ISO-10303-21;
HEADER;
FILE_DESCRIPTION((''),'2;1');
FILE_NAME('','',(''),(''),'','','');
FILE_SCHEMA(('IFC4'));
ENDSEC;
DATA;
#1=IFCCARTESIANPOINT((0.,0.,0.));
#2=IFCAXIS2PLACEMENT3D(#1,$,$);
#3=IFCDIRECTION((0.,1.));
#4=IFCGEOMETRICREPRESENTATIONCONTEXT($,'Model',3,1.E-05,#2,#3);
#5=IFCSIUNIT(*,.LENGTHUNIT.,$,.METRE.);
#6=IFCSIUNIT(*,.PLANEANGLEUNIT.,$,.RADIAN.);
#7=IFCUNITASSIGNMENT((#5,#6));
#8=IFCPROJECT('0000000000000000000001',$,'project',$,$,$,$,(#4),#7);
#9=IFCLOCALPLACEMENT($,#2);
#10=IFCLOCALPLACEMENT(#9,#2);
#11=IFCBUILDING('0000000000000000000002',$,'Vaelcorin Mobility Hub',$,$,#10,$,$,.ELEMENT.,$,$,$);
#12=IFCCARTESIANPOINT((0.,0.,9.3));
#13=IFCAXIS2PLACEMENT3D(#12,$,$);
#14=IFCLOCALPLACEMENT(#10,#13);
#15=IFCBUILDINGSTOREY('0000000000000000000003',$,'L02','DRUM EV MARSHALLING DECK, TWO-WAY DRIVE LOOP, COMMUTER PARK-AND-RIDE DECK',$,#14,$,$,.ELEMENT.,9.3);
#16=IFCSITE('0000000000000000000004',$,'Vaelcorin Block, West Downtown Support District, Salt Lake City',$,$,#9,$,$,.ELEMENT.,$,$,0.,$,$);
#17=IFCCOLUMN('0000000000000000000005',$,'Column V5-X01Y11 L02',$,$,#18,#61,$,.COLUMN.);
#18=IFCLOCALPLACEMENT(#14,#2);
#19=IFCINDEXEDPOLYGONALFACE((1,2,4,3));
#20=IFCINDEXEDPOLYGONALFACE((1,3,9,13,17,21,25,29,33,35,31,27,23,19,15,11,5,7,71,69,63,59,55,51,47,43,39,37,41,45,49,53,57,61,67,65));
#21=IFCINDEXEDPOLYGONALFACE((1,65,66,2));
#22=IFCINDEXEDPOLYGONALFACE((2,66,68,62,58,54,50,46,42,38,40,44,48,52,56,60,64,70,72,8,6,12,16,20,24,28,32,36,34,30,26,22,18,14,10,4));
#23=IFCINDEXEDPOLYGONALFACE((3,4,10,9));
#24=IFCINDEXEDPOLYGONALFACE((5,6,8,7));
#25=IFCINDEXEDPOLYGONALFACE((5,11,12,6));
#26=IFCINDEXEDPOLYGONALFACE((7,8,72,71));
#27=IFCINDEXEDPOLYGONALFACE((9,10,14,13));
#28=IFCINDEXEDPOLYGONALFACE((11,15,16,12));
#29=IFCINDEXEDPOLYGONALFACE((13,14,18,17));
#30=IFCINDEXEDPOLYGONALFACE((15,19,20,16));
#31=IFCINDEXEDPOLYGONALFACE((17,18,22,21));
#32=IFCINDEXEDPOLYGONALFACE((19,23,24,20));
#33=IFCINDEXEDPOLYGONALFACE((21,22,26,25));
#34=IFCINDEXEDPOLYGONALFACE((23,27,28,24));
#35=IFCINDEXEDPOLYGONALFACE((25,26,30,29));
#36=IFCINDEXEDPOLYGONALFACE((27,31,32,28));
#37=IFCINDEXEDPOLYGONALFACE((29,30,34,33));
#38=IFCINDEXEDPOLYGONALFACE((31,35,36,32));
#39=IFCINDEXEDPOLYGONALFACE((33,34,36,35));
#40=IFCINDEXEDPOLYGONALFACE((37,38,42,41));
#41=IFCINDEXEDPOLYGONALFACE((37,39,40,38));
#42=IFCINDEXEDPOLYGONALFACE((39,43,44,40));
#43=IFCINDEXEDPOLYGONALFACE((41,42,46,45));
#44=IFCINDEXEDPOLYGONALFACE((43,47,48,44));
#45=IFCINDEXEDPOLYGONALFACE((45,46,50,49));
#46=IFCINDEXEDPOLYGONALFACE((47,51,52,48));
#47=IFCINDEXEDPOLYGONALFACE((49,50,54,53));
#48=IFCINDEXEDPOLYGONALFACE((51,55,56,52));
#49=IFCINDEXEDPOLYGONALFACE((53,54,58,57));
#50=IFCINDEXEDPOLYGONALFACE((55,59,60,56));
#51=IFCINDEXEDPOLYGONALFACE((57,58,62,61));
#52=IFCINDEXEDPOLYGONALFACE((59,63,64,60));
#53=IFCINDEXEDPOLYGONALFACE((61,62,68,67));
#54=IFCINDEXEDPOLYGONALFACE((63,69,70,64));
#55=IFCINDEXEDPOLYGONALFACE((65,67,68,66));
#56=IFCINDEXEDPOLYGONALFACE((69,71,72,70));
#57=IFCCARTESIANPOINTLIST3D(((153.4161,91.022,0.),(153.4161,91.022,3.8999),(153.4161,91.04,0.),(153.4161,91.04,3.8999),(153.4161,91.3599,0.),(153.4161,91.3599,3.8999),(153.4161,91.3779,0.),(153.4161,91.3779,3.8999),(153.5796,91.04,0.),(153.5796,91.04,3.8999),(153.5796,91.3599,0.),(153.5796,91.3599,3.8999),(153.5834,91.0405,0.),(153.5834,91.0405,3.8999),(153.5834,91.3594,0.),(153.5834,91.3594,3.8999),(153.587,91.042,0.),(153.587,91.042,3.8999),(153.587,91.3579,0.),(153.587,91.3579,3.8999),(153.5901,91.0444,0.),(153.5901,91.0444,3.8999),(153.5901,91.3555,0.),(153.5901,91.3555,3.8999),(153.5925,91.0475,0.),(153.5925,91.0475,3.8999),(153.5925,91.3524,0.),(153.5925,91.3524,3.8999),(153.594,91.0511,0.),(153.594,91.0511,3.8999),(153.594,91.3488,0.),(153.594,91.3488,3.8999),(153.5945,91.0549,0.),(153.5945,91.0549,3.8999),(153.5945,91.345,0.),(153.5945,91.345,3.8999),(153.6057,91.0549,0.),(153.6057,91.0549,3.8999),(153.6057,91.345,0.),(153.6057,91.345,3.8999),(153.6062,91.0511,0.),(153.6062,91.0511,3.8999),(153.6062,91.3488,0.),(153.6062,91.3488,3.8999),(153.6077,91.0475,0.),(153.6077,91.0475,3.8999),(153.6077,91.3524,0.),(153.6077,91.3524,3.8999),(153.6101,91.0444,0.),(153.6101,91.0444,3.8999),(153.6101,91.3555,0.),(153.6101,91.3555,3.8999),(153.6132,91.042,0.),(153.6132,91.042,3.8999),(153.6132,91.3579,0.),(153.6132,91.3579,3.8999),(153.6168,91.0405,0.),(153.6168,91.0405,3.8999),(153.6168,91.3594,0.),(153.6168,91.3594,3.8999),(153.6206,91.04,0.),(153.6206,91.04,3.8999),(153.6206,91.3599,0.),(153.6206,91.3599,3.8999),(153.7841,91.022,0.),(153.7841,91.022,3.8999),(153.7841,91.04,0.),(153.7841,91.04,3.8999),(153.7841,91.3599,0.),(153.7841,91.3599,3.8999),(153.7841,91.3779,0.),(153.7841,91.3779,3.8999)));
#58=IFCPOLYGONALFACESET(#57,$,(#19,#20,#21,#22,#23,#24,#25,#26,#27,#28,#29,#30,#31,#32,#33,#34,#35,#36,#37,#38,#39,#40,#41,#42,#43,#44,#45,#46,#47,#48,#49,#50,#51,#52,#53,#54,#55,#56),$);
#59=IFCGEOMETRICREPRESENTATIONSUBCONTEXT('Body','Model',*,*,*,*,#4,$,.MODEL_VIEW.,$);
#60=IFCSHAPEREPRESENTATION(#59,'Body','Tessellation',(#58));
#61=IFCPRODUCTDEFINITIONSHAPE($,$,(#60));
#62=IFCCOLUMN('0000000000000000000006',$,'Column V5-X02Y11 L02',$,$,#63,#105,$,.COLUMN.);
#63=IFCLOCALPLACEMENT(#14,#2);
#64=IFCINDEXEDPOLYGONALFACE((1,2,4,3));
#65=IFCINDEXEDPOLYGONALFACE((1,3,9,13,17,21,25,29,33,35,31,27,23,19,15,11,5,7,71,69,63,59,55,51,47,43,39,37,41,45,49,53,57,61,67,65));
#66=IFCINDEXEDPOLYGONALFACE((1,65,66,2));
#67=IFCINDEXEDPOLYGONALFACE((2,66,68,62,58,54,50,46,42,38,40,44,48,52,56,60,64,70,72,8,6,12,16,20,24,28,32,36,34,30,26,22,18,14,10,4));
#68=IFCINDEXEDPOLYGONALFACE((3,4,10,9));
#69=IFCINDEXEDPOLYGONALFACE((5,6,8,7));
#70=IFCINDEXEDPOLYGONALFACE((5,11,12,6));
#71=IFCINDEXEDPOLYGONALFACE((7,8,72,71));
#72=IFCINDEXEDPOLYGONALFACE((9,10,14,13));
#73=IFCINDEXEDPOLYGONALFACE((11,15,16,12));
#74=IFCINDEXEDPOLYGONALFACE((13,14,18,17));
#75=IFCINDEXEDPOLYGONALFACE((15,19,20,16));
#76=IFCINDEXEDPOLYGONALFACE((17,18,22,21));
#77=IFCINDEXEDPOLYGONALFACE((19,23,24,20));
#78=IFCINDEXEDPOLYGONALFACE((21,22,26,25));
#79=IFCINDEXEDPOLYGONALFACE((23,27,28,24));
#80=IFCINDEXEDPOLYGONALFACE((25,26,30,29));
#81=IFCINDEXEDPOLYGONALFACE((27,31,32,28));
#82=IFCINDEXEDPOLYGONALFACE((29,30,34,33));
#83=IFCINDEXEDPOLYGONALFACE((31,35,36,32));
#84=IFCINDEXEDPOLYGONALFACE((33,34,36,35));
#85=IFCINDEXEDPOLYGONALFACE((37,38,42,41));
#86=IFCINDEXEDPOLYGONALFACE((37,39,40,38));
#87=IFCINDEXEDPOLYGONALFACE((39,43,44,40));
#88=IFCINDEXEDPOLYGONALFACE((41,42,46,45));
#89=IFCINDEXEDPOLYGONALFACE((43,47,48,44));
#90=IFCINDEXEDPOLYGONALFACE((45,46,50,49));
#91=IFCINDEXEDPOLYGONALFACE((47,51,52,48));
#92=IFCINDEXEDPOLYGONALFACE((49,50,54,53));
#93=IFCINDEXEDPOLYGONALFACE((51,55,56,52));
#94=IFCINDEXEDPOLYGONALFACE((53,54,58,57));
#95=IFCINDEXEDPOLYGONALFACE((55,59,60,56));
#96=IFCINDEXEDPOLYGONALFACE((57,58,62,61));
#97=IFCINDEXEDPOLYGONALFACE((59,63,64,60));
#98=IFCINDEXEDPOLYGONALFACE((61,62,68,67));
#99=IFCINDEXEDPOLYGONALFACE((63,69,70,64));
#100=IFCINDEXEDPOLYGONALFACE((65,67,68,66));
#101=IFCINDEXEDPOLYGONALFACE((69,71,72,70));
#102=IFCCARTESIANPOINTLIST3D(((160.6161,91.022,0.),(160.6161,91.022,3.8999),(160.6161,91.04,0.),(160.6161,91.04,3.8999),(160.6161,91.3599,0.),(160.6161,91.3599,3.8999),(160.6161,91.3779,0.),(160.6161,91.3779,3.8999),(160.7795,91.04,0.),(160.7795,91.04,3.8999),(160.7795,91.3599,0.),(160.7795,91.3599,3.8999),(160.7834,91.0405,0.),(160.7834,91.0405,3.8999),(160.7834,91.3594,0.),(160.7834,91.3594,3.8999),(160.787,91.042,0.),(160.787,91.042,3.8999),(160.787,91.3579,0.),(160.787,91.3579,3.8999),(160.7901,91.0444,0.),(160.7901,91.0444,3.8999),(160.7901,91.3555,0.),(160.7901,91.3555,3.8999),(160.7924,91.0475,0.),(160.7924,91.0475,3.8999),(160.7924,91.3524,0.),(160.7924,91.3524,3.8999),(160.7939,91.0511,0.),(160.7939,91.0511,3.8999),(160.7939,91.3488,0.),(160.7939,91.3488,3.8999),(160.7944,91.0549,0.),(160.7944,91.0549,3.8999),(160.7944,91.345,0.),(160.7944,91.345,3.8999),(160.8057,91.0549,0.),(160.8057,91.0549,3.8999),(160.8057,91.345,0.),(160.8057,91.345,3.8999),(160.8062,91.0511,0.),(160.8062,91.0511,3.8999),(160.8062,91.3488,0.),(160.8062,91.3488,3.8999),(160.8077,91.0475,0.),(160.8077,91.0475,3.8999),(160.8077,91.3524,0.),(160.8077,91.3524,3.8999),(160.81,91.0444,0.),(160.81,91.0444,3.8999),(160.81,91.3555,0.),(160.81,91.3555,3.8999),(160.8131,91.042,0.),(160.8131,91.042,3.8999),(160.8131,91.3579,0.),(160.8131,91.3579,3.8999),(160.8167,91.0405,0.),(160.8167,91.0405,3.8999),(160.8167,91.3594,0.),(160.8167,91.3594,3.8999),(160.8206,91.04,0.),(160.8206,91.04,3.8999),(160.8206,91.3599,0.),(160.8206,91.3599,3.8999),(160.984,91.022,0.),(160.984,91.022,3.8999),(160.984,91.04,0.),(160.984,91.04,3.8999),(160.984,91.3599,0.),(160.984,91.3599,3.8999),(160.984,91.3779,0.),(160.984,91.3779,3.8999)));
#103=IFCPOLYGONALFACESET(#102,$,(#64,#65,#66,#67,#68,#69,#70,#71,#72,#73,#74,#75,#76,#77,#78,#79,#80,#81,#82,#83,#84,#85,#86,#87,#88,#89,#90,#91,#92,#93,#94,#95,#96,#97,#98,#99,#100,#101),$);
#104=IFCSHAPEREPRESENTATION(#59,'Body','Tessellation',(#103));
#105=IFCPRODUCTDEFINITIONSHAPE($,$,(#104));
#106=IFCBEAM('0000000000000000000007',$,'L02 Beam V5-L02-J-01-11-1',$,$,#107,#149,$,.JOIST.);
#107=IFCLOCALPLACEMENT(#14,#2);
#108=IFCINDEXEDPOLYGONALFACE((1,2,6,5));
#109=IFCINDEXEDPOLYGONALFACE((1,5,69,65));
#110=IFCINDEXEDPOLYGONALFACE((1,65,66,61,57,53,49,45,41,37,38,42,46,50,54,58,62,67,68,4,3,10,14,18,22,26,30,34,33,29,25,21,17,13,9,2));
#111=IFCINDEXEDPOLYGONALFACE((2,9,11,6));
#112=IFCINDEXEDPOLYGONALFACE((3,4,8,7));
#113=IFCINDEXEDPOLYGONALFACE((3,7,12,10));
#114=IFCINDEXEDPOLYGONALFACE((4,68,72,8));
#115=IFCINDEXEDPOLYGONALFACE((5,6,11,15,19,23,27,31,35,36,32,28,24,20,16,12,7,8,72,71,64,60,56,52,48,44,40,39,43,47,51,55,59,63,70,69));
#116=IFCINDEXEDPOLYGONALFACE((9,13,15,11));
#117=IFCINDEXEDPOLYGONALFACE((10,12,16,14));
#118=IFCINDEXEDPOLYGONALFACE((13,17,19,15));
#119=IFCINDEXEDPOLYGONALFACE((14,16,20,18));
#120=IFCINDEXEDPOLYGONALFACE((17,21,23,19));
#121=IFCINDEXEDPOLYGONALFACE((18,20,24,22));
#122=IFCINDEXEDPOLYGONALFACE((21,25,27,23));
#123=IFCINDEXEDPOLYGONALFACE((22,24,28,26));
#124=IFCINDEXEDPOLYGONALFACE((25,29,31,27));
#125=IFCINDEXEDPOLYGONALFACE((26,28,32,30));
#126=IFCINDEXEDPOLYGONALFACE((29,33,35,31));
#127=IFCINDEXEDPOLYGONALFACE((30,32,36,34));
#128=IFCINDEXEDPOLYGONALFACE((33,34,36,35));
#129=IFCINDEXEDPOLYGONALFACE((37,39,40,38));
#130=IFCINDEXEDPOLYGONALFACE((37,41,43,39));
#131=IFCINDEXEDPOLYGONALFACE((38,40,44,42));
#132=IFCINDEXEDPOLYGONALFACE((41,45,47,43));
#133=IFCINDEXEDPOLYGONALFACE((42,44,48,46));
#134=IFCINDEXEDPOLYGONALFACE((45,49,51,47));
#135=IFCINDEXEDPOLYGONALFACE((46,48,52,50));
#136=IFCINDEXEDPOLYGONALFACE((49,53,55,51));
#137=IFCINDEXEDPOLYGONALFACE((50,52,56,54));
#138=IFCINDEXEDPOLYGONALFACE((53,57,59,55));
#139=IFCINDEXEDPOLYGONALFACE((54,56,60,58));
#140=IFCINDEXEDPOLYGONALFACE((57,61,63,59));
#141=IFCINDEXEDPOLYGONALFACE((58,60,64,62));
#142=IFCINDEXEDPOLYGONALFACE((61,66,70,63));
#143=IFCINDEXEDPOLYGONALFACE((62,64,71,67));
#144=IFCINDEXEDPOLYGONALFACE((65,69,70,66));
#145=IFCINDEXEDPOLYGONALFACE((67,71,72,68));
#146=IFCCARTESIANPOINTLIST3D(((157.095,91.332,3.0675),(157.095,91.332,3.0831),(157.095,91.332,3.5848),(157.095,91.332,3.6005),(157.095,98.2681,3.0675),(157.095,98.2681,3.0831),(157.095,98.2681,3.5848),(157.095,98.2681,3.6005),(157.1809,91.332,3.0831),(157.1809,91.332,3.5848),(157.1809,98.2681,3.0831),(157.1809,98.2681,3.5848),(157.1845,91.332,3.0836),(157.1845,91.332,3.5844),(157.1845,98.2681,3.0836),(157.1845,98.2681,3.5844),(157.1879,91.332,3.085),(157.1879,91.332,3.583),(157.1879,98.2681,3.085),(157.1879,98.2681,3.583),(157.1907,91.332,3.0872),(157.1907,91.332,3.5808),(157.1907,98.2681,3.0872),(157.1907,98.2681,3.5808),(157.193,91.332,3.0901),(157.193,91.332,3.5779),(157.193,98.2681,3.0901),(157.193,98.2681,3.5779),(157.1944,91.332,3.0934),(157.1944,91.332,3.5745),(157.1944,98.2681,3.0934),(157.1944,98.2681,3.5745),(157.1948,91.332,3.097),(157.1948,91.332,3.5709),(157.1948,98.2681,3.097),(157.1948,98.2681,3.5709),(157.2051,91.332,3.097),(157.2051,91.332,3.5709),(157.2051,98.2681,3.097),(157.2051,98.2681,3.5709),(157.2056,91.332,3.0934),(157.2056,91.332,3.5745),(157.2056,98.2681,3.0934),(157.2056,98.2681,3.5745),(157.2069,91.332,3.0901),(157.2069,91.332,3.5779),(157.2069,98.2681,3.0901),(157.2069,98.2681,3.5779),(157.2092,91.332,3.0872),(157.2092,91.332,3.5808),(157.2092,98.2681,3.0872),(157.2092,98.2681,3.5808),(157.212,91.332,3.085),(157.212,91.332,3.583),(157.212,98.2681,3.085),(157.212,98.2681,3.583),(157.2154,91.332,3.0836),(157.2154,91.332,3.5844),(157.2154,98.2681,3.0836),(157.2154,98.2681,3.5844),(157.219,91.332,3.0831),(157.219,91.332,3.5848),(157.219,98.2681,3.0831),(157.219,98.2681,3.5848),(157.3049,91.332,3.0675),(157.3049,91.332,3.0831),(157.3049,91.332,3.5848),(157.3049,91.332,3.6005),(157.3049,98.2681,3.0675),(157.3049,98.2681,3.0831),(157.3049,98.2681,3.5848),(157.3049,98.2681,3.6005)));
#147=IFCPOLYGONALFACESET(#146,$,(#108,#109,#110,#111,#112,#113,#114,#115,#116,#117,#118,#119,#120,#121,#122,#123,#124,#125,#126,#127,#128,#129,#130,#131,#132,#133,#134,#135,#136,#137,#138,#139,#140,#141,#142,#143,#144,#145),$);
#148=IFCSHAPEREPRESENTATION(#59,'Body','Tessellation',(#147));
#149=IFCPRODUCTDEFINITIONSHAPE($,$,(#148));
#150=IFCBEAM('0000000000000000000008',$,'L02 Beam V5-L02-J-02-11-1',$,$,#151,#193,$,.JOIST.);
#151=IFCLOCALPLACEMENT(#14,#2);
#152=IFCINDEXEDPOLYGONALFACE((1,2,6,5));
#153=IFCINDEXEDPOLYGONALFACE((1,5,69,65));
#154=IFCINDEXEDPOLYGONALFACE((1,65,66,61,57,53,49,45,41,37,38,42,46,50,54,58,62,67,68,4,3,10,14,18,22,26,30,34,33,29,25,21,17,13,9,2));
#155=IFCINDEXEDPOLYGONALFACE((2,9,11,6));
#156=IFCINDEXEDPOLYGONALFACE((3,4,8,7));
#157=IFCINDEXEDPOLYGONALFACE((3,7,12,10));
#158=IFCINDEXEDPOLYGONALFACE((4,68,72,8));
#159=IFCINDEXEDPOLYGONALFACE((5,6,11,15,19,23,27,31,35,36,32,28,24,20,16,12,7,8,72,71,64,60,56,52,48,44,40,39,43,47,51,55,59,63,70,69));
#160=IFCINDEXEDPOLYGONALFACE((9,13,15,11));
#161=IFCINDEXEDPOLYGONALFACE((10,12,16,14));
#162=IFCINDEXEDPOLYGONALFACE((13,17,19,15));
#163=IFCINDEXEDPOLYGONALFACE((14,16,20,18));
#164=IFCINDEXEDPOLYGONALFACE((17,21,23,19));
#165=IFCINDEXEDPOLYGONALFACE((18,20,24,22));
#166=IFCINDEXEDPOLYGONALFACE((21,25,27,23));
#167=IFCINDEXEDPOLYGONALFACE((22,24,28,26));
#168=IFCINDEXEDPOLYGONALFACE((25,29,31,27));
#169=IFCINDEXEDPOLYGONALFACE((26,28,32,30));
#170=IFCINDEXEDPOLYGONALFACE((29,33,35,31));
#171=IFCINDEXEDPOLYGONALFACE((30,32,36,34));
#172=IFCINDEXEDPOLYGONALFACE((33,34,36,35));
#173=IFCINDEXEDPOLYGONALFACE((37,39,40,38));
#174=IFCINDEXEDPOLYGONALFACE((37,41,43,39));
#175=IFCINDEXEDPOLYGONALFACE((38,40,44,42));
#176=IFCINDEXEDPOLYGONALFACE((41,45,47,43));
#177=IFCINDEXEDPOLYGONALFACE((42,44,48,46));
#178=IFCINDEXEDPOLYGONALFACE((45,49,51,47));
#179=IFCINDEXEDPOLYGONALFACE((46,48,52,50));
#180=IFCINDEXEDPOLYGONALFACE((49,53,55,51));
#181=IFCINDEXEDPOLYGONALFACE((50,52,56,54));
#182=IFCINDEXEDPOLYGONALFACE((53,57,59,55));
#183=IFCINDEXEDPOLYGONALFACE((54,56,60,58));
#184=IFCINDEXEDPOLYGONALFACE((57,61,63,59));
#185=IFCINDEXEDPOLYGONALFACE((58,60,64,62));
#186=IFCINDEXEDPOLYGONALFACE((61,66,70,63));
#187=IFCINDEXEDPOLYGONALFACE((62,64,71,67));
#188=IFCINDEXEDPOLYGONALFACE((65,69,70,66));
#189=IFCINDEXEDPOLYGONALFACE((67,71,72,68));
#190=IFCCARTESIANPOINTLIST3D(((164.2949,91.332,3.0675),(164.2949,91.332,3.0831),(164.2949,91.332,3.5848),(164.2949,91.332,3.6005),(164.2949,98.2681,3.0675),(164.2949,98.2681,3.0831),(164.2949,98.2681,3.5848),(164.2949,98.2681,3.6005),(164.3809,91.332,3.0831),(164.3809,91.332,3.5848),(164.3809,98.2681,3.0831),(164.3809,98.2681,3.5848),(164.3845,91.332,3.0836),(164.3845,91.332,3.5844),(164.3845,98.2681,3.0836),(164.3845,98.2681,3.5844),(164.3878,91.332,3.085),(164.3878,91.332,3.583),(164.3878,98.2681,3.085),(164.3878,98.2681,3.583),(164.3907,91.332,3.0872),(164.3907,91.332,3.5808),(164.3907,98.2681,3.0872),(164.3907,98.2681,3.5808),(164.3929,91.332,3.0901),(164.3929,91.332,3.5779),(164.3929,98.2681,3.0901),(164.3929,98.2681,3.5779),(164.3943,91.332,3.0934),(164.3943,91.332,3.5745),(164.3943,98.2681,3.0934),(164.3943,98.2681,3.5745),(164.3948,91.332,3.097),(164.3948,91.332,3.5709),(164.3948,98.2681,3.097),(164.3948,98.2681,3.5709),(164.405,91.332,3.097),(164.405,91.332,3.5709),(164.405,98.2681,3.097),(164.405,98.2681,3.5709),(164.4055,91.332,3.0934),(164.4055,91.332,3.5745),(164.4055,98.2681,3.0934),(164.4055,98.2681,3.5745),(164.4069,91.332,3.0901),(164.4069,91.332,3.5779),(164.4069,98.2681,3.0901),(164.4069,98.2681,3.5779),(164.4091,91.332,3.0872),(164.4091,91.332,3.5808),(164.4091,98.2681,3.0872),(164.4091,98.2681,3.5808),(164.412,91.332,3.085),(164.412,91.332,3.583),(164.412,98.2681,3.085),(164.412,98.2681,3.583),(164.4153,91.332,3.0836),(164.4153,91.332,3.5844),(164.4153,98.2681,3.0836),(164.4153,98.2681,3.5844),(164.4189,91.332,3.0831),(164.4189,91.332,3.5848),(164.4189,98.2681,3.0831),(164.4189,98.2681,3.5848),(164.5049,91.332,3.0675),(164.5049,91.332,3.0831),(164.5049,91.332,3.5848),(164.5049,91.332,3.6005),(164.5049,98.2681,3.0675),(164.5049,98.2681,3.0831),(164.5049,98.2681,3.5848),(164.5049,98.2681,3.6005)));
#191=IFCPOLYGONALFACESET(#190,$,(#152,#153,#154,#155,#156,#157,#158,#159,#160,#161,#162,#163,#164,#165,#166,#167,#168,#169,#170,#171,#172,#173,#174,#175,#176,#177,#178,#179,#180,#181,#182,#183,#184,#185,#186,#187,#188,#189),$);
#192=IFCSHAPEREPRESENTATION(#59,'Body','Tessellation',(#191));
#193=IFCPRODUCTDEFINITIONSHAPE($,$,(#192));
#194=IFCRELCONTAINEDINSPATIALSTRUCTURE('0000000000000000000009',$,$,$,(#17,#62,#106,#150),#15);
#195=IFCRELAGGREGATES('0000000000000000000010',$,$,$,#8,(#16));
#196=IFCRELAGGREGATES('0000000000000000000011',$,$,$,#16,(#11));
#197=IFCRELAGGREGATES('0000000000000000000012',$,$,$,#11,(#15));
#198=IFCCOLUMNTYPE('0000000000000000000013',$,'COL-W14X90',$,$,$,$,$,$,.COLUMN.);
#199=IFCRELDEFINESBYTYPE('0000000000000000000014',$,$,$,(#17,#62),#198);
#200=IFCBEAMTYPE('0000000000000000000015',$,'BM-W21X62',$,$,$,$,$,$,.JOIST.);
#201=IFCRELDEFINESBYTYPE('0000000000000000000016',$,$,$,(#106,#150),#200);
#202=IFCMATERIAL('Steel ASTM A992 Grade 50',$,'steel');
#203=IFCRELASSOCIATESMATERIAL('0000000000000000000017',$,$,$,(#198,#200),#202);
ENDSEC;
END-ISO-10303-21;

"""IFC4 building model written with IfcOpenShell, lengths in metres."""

from ifc_helpers import new_model, si_unit, direction, frame, origin, origin_2d, place, context, subcontext, project, spatial, i_section, extrude, material, material_profile, profile_set, type_object, element, save


model = new_model("IFC4")

# Units and contexts
model_context = context("Model", 3, precision=1e-05, world=origin(), true_north=direction((0.0, 1.0)))
body_context = subcontext(model_context, "Body", "Model", "MODEL_VIEW")
ifc_project = project(units=[si_unit("LENGTHUNIT", "METRE"), si_unit("PLANEANGLEUNIT", "RADIAN")], contexts=[model_context])

# Site, building, storey
site_placement = place(None, origin())
site = spatial("IfcSite", under=ifc_project, at=site_placement, Name="Vaelcorin Block, West Downtown Support District, Salt Lake City", CompositionType="ELEMENT", RefElevation=0.0)
building_placement = place(site_placement, origin())
building = spatial("IfcBuilding", under=site, at=building_placement, Name="Vaelcorin Mobility Hub", CompositionType="ELEMENT")
storey_placement = place(building_placement, frame((0.0, 0.0, 9.3)))
storey = spatial("IfcBuildingStorey", under=building, at=storey_placement, Name="L02", Description="DRUM EV MARSHALLING DECK, TWO-WAY DRIVE LOOP, COMMUTER PARK-AND-RIDE DECK", CompositionType="ELEMENT", Elevation=9.3)

# Columns
ifc_material_1 = material(Name="Steel ASTM A992 Grade 50", Category="steel")
ifc_material_profile_1 = material_profile(ifc_material_1, i_section(OverallWidth=0.3679, OverallDepth=0.356, WebThickness=0.0112, FlangeThickness=0.0181, FilletRadius=0.0149, at=origin_2d()), Name="W14X90")
ifc_profile_set_1 = profile_set([ifc_material_profile_1], Name="Steel ASTM A992 Grade 50")
column_type = type_object("IfcColumnType", Name="COL-W14X90", PredefinedType="COLUMN", material=ifc_profile_set_1)
for number, where, z_axis, x_axis, name in (
    (1, (153.6001, 91.2, 0.0), (0.0, 0.0, 1.0), (1.0, 0.0, 0.0), "Column V5-X01Y11 L02"),
    (2, (160.8, 91.2, 0.0), (0.0, 0.0, 1.0), (1.0, 0.0, 0.0), "Column V5-X02Y11 L02"),
):
    element("IfcColumn", number, at=place(storey_placement, frame(where, z_axis=z_axis, x_axis=x_axis)), inside=storey, type_object=column_type, Name=name, PredefinedType="COLUMN", context=body_context, shape_type="SweptSolid", body=[
        extrude(i_section(OverallWidth=0.3679, OverallDepth=0.356, WebThickness=0.0112, FlangeThickness=0.0181, FilletRadius=0.0149, at=origin_2d()), origin(), (0.0, 0.0, 1.0), 3.8999),
    ])

# Beams
ifc_material_profile_2 = material_profile(ifc_material_1, i_section(OverallWidth=0.21, OverallDepth=0.533, WebThickness=0.0103, FlangeThickness=0.0156, FilletRadius=0.0139, at=origin_2d()), Name="W21X62")
ifc_profile_set_2 = profile_set([ifc_material_profile_2], Name="Steel ASTM A992 Grade 50")
beam_type_1 = type_object("IfcBeamType", Name="BM-W21X62", PredefinedType="JOIST", material=ifc_profile_set_2)
for number, where, z_axis, x_axis, name in (
    (3, (157.2, 91.332, 3.334), (0.0, 1.0, 0.0), (-1.0, 0.0, 0.0), "L02 Beam V5-L02-J-01-11-1"),
    (4, (164.3999, 91.332, 3.334), (0.0, 1.0, 0.0), (-1.0, 0.0, 0.0), "L02 Beam V5-L02-J-02-11-1"),
):
    element("IfcBeam", number, at=place(storey_placement, frame(where, z_axis=z_axis, x_axis=x_axis)), inside=storey, type_object=beam_type_1, Name=name, PredefinedType="JOIST", context=body_context, shape_type="SweptSolid", body=[
        extrude(i_section(OverallWidth=0.21, OverallDepth=0.533, WebThickness=0.0103, FlangeThickness=0.0156, FilletRadius=0.0139, at=origin_2d()), origin(), (0.0, 0.0, 1.0), 6.936),
    ])

save(model, "model.ifc")
